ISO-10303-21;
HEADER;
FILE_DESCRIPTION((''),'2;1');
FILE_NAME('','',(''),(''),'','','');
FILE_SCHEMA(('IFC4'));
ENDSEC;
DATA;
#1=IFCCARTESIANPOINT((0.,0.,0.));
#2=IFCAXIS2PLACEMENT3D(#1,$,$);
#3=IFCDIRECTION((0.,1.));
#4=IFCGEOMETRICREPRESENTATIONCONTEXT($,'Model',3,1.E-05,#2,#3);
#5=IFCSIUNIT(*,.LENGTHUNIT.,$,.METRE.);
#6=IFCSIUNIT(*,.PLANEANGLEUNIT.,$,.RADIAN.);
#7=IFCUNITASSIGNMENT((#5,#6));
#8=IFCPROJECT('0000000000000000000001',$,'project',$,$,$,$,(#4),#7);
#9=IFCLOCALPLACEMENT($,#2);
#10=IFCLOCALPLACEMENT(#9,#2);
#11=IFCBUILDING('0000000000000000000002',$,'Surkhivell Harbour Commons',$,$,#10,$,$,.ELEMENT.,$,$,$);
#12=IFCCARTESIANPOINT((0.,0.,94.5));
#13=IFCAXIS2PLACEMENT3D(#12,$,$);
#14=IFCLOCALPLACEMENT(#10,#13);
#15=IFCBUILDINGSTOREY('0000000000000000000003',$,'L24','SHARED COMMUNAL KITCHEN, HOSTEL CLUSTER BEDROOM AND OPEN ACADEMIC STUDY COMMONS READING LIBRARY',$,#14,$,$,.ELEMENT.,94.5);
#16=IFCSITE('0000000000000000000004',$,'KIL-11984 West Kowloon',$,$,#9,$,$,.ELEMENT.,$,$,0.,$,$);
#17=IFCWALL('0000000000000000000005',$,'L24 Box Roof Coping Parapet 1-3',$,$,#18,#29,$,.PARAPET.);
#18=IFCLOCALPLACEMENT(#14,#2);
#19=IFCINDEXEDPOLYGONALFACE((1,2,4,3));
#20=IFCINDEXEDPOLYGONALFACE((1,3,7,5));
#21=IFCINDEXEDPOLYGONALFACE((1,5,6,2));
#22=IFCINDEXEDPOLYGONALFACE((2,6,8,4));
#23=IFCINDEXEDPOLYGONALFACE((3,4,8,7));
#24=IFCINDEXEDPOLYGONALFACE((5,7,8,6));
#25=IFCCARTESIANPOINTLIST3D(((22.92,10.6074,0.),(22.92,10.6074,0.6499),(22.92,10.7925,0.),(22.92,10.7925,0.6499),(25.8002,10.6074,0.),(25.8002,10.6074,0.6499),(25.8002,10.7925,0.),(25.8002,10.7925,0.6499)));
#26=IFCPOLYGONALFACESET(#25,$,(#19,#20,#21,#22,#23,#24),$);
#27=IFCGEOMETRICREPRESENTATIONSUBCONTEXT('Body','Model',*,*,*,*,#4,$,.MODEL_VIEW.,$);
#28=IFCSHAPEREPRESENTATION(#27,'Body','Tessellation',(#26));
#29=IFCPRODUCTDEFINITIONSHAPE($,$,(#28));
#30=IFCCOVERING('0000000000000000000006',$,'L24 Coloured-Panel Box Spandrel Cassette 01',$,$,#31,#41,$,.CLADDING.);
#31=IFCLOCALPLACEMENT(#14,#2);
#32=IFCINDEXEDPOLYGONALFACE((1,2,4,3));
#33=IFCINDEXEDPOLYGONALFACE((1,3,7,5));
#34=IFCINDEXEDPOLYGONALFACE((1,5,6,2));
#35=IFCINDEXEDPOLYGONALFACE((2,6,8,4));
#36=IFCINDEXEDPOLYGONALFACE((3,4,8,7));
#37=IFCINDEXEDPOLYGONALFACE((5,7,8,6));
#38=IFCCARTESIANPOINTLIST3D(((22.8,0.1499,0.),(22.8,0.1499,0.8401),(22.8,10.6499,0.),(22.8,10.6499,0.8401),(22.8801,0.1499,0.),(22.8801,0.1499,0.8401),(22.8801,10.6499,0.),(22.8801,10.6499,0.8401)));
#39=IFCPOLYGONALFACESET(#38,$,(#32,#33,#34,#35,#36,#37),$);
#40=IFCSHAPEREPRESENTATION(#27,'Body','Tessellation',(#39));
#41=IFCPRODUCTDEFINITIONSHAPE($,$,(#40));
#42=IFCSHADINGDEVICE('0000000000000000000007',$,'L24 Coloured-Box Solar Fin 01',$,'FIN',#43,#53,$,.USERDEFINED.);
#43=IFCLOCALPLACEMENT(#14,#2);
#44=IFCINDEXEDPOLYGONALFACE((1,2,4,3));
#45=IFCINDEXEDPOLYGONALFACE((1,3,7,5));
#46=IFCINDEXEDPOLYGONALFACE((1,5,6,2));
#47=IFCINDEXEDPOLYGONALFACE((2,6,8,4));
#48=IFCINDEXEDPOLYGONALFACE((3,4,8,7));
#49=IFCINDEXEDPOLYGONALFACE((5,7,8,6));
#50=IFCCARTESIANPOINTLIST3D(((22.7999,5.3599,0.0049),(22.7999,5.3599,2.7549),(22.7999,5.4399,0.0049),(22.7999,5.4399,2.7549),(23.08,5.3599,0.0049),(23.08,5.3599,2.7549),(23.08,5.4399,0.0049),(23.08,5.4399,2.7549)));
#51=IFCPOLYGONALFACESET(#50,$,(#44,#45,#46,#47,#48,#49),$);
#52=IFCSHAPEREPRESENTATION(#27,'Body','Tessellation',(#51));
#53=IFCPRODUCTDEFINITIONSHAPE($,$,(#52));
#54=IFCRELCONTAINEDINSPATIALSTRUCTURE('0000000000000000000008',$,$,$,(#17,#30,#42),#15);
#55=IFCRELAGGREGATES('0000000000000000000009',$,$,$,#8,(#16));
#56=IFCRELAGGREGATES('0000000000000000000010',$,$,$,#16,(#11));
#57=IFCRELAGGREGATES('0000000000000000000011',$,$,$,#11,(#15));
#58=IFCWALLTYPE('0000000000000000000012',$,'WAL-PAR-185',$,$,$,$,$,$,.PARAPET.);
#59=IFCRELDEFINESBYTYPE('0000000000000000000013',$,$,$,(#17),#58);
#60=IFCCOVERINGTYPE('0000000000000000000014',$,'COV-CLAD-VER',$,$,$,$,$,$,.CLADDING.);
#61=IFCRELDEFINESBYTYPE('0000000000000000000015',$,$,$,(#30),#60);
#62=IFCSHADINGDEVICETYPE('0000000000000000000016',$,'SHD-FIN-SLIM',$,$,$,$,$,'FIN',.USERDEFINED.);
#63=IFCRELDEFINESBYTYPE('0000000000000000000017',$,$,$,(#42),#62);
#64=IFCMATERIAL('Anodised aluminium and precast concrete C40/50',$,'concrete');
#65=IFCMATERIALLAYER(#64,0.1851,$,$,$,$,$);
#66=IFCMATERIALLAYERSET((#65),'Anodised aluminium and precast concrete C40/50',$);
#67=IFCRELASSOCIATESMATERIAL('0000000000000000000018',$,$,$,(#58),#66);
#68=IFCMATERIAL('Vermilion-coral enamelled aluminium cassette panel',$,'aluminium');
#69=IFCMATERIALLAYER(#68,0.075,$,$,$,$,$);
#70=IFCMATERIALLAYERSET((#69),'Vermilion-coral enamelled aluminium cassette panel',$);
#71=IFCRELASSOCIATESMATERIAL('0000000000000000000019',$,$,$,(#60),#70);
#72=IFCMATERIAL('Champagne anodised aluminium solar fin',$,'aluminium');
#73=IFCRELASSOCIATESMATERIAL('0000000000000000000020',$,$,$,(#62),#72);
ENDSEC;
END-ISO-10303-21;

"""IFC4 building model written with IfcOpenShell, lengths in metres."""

from ifc_helpers import new_model, si_unit, direction, frame, frame_2d, origin, origin_2d, place, context, subcontext, project, spatial, rectangle, extrude, material, layer, layer_set, type_object, element, save


model = new_model("IFC4")

# Units and contexts
model_context = context("Model", 3, precision=1e-05, world=origin(), true_north=direction((0.0, 1.0)))
body_context = subcontext(model_context, "Body", "Model", "MODEL_VIEW")
ifc_project = project(units=[si_unit("LENGTHUNIT", "METRE"), si_unit("PLANEANGLEUNIT", "RADIAN")], contexts=[model_context])

# Site, building, storey
site_placement = place(None, origin())
site = spatial("IfcSite", under=ifc_project, at=site_placement, Name="KIL-11984 West Kowloon", CompositionType="ELEMENT", RefElevation=0.0)
building_placement = place(site_placement, origin())
building = spatial("IfcBuilding", under=site, at=building_placement, Name="Surkhivell Harbour Commons", CompositionType="ELEMENT")
storey_placement = place(building_placement, frame((0.0, 0.0, 94.5)))
storey = spatial("IfcBuildingStorey", under=building, at=storey_placement, Name="L24", Description="SHARED COMMUNAL KITCHEN, HOSTEL CLUSTER BEDROOM AND OPEN ACADEMIC STUDY COMMONS READING LIBRARY", CompositionType="ELEMENT", Elevation=94.5)

# Wall
ifc_material_1 = material(Name="Anodised aluminium and precast concrete C40/50", Category="concrete")
ifc_layer_1 = layer(ifc_material_1, 0.1851)
ifc_layer_set_1 = layer_set([ifc_layer_1], Name="Anodised aluminium and precast concrete C40/50")
wall_type_1 = type_object("IfcWallType", Name="WAL-PAR-185", PredefinedType="PARAPET", material=ifc_layer_set_1)
wall_1_placement = place(storey_placement, frame((25.8, 10.7, 0.0), z_axis=(0.0, 0.0, 1.0), x_axis=(-1.0, 0.0, 0.0)))
element("IfcWall", 1, at=wall_1_placement, inside=storey, type_object=wall_type_1, Name="L24 Box Roof Coping Parapet 1-3", PredefinedType="PARAPET", context=body_context, shape_type="SweptSolid", body=[
    extrude(rectangle(XDim=2.8801, YDim=0.1851, at=frame_2d((1.4399, 0.0))), origin(), (0.0, 0.0, 1.0), 0.6499),
])

# Covering
ifc_material_2 = material(Name="Vermilion-coral enamelled aluminium cassette panel", Category="aluminium")
ifc_layer_2 = layer(ifc_material_2, 0.075)
ifc_layer_set_2 = layer_set([ifc_layer_2], Name="Vermilion-coral enamelled aluminium cassette panel")
covering_type = type_object("IfcCoveringType", Name="COV-CLAD-VER", PredefinedType="CLADDING", material=ifc_layer_set_2)
covering_placement = place(storey_placement, frame((22.8401, 5.3999, 0.0), z_axis=(0.0, 0.0, 1.0), x_axis=(1.0, 0.0, 0.0)))
element("IfcCovering", 2, at=covering_placement, inside=storey, type_object=covering_type, Name="L24 Coloured-Panel Box Spandrel Cassette 01", PredefinedType="CLADDING", context=body_context, shape_type="SweptSolid", body=[
    extrude(rectangle(XDim=0.0801, YDim=10.5, at=origin_2d()), origin(), (0.0, 0.0, 1.0), 0.8401),
])

# Shading device
ifc_material_3 = material(Name="Champagne anodised aluminium solar fin", Category="aluminium")
shading_device_type = type_object("IfcShadingDeviceType", Name="SHD-FIN-SLIM", ElementType="FIN", PredefinedType="USERDEFINED", material=ifc_material_3)
shading_device_placement = place(storey_placement, frame((22.9399, 5.3999, 0.0049), z_axis=(0.0, 0.0, 1.0), x_axis=(1.0, 0.0, 0.0)))
element("IfcShadingDevice", 3, at=shading_device_placement, inside=storey, type_object=shading_device_type, Name="L24 Coloured-Box Solar Fin 01", ObjectType="FIN", PredefinedType="USERDEFINED", context=body_context, shape_type="SweptSolid", body=[
    extrude(rectangle(XDim=0.28, YDim=0.0801, at=origin_2d()), origin(), (0.0, 0.0, 1.0), 2.75),
])

save(model, "model.ifc")
